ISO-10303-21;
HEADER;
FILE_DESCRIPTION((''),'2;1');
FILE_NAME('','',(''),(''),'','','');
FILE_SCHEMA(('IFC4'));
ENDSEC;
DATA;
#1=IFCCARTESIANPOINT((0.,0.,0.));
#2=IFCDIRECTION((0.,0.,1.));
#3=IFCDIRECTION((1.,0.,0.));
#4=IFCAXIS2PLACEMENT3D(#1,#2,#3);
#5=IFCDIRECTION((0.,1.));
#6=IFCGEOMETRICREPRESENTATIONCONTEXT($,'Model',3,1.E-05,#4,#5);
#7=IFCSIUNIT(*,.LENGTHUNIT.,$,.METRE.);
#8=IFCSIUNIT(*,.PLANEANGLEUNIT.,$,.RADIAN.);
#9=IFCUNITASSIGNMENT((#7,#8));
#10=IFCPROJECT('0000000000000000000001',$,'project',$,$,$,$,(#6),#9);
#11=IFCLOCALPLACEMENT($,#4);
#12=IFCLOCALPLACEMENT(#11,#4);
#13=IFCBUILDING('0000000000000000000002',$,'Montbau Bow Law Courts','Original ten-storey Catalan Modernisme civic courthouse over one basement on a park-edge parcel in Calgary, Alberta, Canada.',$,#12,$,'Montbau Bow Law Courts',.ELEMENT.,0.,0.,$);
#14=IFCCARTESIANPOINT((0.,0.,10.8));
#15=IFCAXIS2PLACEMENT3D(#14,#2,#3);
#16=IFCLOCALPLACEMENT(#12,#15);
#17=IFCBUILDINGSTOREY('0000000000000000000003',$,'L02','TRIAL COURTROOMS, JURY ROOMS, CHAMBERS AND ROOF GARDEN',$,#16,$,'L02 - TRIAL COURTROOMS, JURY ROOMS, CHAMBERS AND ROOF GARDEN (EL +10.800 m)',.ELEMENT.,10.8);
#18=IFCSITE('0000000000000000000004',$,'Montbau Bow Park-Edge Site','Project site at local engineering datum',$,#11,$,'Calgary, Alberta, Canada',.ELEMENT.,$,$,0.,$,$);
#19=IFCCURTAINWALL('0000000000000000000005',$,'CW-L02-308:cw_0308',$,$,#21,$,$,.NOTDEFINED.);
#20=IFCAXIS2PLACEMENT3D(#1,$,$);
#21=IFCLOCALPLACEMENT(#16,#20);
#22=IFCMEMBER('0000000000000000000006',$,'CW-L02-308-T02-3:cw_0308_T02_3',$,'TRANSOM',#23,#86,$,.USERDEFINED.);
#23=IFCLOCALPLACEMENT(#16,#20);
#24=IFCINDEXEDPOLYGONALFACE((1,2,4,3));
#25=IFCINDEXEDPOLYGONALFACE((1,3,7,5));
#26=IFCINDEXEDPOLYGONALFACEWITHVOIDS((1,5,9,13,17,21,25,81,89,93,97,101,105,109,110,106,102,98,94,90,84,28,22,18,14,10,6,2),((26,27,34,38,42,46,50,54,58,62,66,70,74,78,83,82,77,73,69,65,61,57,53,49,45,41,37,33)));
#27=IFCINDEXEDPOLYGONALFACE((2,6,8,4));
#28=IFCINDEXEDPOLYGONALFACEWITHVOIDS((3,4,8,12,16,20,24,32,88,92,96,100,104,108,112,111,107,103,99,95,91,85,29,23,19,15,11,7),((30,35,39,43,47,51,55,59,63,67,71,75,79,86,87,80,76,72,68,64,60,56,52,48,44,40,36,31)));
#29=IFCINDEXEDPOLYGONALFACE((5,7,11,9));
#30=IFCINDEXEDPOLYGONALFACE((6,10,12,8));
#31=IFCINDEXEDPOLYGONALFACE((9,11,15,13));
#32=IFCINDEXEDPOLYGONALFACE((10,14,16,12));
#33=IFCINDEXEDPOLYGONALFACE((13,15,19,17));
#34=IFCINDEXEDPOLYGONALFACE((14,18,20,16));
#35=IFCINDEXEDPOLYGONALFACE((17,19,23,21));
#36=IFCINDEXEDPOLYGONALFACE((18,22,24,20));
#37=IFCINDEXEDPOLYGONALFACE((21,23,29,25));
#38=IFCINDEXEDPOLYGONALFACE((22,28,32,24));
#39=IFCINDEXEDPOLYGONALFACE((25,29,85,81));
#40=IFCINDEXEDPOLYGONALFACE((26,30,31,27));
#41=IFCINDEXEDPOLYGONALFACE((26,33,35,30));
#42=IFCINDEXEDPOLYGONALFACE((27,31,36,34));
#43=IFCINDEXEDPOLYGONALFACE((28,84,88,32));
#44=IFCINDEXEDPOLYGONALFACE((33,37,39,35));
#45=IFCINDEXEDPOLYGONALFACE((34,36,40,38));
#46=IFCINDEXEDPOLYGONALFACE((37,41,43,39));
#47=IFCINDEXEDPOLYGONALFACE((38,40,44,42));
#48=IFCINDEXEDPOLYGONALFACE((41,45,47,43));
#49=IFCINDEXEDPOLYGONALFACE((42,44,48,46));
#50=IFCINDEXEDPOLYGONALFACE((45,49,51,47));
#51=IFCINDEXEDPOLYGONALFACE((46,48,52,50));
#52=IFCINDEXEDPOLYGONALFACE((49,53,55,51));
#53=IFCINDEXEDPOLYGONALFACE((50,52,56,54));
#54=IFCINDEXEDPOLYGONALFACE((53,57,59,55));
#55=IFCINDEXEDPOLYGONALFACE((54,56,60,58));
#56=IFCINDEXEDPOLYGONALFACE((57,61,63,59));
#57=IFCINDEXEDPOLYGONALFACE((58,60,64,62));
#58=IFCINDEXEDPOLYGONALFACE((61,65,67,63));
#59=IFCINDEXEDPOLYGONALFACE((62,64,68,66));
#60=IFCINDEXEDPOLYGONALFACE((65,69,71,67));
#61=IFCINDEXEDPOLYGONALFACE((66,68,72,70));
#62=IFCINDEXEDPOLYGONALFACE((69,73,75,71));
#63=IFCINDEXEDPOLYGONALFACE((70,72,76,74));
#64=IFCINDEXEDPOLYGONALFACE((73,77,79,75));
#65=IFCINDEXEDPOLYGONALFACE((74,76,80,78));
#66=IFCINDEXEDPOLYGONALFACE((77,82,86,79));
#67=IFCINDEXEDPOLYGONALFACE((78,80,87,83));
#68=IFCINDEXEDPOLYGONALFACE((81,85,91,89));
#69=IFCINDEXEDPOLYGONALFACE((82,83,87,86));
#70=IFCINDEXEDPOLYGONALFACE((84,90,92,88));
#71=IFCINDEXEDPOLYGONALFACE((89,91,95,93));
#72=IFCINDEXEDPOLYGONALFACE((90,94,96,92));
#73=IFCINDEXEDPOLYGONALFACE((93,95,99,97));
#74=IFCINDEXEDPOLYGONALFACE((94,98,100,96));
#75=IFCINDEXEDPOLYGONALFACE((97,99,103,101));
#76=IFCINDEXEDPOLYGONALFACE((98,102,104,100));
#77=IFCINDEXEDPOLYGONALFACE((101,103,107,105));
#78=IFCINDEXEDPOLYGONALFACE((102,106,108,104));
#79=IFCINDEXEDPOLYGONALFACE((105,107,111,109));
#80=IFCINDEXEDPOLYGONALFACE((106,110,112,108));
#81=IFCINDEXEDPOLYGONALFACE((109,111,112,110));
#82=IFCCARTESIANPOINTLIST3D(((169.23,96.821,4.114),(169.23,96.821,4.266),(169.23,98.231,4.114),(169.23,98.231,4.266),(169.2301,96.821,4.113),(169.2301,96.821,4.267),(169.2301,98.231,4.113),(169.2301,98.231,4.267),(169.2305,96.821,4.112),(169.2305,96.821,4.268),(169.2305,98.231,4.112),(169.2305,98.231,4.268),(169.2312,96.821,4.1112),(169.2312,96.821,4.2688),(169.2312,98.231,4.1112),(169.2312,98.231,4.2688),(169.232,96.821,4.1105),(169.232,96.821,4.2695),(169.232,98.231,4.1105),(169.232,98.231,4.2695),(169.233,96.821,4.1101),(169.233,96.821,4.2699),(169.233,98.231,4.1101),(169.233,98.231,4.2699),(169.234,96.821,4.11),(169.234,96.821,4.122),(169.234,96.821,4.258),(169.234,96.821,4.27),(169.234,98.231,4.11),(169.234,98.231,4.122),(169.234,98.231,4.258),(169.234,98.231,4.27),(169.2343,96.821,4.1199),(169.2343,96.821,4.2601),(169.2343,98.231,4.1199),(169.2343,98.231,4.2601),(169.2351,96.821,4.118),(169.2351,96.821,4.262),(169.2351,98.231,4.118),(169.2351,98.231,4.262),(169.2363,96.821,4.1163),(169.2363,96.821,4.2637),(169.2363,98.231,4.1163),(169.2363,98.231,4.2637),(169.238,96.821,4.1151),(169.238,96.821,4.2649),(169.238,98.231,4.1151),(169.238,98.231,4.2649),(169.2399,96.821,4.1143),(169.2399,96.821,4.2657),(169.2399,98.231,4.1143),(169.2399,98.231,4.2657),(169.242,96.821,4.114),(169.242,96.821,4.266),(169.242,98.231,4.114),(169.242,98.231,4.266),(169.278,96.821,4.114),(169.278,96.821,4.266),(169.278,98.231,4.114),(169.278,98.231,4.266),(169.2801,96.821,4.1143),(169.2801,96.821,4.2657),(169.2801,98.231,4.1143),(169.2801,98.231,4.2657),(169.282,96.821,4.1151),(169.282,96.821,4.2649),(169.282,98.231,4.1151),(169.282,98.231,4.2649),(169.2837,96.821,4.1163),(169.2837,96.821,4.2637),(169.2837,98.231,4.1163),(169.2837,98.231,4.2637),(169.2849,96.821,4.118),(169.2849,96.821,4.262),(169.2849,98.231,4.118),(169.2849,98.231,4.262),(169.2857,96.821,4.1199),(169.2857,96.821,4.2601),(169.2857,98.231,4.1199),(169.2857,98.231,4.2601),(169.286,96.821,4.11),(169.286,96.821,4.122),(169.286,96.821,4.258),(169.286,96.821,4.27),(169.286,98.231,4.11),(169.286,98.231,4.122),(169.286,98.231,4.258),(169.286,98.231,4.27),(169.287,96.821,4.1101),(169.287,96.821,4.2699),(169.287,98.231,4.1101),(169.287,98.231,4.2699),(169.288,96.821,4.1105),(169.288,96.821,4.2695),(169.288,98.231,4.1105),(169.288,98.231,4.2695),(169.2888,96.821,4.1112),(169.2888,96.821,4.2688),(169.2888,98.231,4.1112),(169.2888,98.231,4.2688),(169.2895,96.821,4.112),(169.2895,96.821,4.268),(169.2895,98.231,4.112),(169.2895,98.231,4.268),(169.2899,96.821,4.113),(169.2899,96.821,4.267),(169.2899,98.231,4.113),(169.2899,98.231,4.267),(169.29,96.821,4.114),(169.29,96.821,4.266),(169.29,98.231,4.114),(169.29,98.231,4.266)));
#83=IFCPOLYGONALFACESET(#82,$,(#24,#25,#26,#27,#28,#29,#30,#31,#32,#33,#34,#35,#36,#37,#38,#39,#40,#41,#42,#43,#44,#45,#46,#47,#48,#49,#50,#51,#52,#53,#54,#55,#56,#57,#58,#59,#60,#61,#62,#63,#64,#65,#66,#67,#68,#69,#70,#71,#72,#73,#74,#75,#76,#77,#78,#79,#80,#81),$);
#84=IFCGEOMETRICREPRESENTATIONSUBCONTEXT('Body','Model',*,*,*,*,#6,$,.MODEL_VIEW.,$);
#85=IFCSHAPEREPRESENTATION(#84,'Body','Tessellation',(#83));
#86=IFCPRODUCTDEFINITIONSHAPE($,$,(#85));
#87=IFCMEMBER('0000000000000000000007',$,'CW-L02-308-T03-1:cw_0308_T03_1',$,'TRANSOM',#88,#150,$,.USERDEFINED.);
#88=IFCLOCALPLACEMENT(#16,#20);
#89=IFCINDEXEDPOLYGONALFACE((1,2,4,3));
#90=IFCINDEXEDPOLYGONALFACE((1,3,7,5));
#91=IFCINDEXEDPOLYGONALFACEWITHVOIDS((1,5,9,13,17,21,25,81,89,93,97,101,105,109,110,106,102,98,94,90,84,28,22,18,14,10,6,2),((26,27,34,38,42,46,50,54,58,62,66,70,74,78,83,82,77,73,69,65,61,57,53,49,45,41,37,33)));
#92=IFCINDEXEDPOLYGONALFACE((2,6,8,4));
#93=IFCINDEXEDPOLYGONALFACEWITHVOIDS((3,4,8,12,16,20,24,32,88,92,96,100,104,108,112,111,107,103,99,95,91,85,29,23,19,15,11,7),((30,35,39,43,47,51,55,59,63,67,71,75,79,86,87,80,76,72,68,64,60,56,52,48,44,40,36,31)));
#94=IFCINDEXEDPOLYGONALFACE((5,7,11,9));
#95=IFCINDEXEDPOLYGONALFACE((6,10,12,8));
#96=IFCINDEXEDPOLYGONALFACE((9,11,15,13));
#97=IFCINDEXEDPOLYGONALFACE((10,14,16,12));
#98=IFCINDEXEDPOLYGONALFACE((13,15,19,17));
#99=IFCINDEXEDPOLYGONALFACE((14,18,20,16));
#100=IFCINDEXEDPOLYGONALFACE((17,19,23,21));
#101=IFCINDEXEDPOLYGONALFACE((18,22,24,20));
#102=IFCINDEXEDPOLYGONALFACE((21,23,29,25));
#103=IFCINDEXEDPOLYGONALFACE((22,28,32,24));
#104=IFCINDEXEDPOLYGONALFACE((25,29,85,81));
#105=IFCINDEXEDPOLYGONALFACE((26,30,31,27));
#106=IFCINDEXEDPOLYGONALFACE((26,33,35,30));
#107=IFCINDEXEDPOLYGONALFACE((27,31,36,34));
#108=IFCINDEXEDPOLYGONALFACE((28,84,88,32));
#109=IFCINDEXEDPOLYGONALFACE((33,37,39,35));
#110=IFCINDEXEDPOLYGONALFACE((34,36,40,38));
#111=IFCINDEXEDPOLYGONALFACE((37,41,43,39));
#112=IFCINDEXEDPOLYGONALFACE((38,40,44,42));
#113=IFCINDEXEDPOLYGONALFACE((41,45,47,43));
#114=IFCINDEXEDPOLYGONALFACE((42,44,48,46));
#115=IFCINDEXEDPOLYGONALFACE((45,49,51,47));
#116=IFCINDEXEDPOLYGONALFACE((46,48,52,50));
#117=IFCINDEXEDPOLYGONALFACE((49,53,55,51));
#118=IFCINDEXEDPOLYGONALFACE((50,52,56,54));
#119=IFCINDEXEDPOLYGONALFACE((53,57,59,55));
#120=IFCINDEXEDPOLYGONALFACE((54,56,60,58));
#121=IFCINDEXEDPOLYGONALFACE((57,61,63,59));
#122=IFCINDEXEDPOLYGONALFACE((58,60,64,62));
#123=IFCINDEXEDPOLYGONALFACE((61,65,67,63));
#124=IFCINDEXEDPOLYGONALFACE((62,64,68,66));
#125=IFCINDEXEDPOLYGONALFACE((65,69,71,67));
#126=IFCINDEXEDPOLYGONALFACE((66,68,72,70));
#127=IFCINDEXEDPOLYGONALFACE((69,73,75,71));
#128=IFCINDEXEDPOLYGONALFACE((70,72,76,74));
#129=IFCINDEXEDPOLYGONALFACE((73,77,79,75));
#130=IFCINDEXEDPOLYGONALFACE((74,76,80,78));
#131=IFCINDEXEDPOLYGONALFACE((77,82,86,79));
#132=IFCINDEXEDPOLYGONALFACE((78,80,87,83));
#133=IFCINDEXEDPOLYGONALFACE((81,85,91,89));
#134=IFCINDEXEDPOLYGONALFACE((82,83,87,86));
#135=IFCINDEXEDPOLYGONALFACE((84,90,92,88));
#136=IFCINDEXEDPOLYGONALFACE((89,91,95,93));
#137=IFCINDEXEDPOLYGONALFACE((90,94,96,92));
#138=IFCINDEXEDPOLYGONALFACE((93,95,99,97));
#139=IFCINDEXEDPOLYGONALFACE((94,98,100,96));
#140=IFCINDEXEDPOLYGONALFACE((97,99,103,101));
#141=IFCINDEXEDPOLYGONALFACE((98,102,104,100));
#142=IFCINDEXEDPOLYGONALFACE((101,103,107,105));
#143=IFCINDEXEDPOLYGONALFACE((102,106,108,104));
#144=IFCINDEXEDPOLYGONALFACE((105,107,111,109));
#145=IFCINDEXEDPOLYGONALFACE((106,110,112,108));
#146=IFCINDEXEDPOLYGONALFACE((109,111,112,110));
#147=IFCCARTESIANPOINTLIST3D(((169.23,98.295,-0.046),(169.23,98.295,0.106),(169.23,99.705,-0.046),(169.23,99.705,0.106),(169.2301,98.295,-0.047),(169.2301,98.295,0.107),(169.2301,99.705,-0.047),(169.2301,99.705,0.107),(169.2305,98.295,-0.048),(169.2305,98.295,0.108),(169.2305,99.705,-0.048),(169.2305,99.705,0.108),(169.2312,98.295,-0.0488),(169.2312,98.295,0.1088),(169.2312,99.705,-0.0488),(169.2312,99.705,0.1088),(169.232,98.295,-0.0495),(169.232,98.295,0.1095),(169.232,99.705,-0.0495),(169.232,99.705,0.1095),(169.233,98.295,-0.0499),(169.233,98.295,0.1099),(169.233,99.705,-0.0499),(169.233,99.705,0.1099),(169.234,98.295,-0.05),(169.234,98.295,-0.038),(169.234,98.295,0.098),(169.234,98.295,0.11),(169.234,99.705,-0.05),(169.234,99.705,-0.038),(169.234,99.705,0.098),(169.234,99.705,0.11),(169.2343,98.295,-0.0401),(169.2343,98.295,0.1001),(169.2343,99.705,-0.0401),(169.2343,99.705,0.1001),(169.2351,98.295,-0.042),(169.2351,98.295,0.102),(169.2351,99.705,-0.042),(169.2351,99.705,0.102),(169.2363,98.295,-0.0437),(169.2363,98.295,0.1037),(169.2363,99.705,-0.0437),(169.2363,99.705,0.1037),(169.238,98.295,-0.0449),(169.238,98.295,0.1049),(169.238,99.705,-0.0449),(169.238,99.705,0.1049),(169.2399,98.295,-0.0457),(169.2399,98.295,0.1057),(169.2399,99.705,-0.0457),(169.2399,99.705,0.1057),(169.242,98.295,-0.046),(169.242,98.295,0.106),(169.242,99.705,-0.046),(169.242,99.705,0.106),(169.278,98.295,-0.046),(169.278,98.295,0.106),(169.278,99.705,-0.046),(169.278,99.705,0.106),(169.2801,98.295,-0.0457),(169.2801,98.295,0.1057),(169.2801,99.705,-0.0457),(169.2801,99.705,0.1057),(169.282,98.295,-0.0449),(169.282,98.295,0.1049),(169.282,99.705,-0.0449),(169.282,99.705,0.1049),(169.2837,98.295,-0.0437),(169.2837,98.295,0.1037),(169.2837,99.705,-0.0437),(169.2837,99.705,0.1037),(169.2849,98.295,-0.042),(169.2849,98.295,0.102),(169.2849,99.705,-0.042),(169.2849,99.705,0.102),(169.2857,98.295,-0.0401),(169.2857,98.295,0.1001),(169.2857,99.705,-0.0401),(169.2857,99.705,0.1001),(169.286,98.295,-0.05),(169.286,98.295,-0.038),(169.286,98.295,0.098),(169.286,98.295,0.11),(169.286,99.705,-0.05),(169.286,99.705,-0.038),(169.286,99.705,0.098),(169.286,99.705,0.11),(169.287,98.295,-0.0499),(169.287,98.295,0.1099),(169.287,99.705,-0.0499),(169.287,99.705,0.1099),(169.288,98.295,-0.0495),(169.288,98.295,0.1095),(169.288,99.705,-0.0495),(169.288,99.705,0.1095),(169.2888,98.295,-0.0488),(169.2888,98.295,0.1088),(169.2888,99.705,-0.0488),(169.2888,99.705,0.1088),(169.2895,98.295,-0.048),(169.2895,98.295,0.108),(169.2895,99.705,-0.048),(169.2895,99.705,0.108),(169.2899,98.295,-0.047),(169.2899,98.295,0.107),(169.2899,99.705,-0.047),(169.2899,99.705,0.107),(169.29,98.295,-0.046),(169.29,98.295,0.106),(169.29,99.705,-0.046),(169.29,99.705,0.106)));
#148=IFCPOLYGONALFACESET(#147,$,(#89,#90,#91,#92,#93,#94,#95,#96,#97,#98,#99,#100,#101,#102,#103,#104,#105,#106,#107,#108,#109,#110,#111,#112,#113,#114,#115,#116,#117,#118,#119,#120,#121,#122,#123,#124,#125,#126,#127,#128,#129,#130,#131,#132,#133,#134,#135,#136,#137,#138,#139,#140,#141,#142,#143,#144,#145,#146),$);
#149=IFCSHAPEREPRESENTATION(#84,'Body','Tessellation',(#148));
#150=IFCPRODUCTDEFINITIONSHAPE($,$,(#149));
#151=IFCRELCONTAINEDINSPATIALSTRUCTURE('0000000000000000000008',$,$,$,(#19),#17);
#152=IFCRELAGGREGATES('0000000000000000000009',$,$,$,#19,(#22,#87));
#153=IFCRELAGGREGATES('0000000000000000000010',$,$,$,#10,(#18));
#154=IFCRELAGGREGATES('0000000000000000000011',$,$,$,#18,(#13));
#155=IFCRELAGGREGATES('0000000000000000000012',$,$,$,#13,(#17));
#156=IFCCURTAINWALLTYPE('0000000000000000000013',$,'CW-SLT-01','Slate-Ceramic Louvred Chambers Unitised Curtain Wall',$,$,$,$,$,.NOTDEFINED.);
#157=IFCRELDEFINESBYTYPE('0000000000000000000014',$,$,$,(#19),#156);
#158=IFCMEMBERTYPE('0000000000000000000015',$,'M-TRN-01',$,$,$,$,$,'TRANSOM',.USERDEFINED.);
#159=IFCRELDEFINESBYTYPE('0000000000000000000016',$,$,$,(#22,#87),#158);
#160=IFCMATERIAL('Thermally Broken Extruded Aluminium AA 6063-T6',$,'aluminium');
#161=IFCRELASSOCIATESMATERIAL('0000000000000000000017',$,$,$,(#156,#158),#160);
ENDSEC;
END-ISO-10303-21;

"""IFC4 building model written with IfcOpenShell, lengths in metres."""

from ifc_helpers import new_model, si_unit, direction, frame, origin_with_axes, origin_2d_with_axis, place, context, subcontext, project, spatial, hollow_rectangle, extrude, material, material_profile, profile_set, type_object, element, aggregate, save


model = new_model("IFC4")

# Units and contexts
model_context = context("Model", 3, precision=1e-05, world=origin_with_axes(), true_north=direction((0.0, 1.0)))
body_context = subcontext(model_context, "Body", "Model", "MODEL_VIEW")
ifc_project = project(units=[si_unit("LENGTHUNIT", "METRE"), si_unit("PLANEANGLEUNIT", "RADIAN")], contexts=[model_context])

# Site, building, storey
site_placement = place(None, origin_with_axes())
site = spatial("IfcSite", under=ifc_project, at=site_placement, Name="Montbau Bow Park-Edge Site", Description="Project site at local engineering datum", LongName="Calgary, Alberta, Canada", CompositionType="ELEMENT", RefElevation=0.0)
building_placement = place(site_placement, origin_with_axes())
building = spatial("IfcBuilding", under=site, at=building_placement, Name="Montbau Bow Law Courts", Description="Original ten-storey Catalan Modernisme civic courthouse over one basement on a park-edge parcel in Calgary, Alberta, Canada.", LongName="Montbau Bow Law Courts", CompositionType="ELEMENT", ElevationOfRefHeight=0.0, ElevationOfTerrain=0.0)
storey_placement = place(building_placement, frame((0.0, 0.0, 10.8), z_axis=(0.0, 0.0, 1.0), x_axis=(1.0, 0.0, 0.0)))
storey = spatial("IfcBuildingStorey", under=building, at=storey_placement, Name="L02", Description="TRIAL COURTROOMS, JURY ROOMS, CHAMBERS AND ROOF GARDEN", LongName="L02 - TRIAL COURTROOMS, JURY ROOMS, CHAMBERS AND ROOF GARDEN (EL +10.800 m)", CompositionType="ELEMENT", Elevation=10.8)

# Curtain wall, members
ifc_material_1 = material(Name="Thermally Broken Extruded Aluminium AA 6063-T6", Category="aluminium")
curtain_wall_type = type_object("IfcCurtainWallType", Name="CW-SLT-01", Description="Slate-Ceramic Louvred Chambers Unitised Curtain Wall", PredefinedType="NOTDEFINED", material=ifc_material_1)
curtain_wall_placement = place(None, frame((169.26, 95.315, 10.8), z_axis=(0.0, 0.0, 1.0), x_axis=(1.0, 0.0, 0.0)))
curtain_wall = element("IfcCurtainWall", 1, at=curtain_wall_placement, inside=storey, type_object=curtain_wall_type, Name="CW-L02-308:cw_0308", PredefinedType="NOTDEFINED")
ifc_material_profile_1 = material_profile(ifc_material_1, hollow_rectangle(XDim=0.06, YDim=0.16, WallThickness=0.004, InnerFilletRadius=0.008, OuterFilletRadius=0.004, at=origin_2d_with_axis()), Name="CWT-160X60", Category="Main", Priority=0)
ifc_profile_set_1 = profile_set([ifc_material_profile_1], Name="Thermally Broken Extruded Aluminium AA 6063-T6")
member_type_1 = type_object("IfcMemberType", Name="M-TRN-01", ElementType="TRANSOM", PredefinedType="USERDEFINED", material=ifc_profile_set_1)
member_1_placement = place(None, frame((169.26, 96.821, 14.99), z_axis=(0.0, 1.0, 0.0), x_axis=(-1.0, 0.0, 0.0)))
member_1 = element("IfcMember", 2, at=member_1_placement, type_object=member_type_1, Name="CW-L02-308-T02-3:cw_0308_T02_3", ObjectType="TRANSOM", PredefinedType="USERDEFINED", context=body_context, shape_type="SweptSolid", body=[
    extrude(hollow_rectangle(XDim=0.06, YDim=0.16, WallThickness=0.004, InnerFilletRadius=0.008, OuterFilletRadius=0.004, at=origin_2d_with_axis()), origin_with_axes(), (0.0, 0.0, 1.0), 1.41),
])
member_2_placement = place(None, frame((169.26, 98.295, 10.83), z_axis=(0.0, 1.0, 0.0), x_axis=(-1.0, 0.0, 0.0)))
member_2 = element("IfcMember", 3, at=member_2_placement, type_object=member_type_1, Name="CW-L02-308-T03-1:cw_0308_T03_1", ObjectType="TRANSOM", PredefinedType="USERDEFINED", context=body_context, shape_type="SweptSolid", body=[
    extrude(hollow_rectangle(XDim=0.06, YDim=0.16, WallThickness=0.004, InnerFilletRadius=0.008, OuterFilletRadius=0.004, at=origin_2d_with_axis()), origin_with_axes(), (0.0, 0.0, 1.0), 1.41),
])
aggregate(curtain_wall, [member_1, member_2])

save(model, "model.ifc")
